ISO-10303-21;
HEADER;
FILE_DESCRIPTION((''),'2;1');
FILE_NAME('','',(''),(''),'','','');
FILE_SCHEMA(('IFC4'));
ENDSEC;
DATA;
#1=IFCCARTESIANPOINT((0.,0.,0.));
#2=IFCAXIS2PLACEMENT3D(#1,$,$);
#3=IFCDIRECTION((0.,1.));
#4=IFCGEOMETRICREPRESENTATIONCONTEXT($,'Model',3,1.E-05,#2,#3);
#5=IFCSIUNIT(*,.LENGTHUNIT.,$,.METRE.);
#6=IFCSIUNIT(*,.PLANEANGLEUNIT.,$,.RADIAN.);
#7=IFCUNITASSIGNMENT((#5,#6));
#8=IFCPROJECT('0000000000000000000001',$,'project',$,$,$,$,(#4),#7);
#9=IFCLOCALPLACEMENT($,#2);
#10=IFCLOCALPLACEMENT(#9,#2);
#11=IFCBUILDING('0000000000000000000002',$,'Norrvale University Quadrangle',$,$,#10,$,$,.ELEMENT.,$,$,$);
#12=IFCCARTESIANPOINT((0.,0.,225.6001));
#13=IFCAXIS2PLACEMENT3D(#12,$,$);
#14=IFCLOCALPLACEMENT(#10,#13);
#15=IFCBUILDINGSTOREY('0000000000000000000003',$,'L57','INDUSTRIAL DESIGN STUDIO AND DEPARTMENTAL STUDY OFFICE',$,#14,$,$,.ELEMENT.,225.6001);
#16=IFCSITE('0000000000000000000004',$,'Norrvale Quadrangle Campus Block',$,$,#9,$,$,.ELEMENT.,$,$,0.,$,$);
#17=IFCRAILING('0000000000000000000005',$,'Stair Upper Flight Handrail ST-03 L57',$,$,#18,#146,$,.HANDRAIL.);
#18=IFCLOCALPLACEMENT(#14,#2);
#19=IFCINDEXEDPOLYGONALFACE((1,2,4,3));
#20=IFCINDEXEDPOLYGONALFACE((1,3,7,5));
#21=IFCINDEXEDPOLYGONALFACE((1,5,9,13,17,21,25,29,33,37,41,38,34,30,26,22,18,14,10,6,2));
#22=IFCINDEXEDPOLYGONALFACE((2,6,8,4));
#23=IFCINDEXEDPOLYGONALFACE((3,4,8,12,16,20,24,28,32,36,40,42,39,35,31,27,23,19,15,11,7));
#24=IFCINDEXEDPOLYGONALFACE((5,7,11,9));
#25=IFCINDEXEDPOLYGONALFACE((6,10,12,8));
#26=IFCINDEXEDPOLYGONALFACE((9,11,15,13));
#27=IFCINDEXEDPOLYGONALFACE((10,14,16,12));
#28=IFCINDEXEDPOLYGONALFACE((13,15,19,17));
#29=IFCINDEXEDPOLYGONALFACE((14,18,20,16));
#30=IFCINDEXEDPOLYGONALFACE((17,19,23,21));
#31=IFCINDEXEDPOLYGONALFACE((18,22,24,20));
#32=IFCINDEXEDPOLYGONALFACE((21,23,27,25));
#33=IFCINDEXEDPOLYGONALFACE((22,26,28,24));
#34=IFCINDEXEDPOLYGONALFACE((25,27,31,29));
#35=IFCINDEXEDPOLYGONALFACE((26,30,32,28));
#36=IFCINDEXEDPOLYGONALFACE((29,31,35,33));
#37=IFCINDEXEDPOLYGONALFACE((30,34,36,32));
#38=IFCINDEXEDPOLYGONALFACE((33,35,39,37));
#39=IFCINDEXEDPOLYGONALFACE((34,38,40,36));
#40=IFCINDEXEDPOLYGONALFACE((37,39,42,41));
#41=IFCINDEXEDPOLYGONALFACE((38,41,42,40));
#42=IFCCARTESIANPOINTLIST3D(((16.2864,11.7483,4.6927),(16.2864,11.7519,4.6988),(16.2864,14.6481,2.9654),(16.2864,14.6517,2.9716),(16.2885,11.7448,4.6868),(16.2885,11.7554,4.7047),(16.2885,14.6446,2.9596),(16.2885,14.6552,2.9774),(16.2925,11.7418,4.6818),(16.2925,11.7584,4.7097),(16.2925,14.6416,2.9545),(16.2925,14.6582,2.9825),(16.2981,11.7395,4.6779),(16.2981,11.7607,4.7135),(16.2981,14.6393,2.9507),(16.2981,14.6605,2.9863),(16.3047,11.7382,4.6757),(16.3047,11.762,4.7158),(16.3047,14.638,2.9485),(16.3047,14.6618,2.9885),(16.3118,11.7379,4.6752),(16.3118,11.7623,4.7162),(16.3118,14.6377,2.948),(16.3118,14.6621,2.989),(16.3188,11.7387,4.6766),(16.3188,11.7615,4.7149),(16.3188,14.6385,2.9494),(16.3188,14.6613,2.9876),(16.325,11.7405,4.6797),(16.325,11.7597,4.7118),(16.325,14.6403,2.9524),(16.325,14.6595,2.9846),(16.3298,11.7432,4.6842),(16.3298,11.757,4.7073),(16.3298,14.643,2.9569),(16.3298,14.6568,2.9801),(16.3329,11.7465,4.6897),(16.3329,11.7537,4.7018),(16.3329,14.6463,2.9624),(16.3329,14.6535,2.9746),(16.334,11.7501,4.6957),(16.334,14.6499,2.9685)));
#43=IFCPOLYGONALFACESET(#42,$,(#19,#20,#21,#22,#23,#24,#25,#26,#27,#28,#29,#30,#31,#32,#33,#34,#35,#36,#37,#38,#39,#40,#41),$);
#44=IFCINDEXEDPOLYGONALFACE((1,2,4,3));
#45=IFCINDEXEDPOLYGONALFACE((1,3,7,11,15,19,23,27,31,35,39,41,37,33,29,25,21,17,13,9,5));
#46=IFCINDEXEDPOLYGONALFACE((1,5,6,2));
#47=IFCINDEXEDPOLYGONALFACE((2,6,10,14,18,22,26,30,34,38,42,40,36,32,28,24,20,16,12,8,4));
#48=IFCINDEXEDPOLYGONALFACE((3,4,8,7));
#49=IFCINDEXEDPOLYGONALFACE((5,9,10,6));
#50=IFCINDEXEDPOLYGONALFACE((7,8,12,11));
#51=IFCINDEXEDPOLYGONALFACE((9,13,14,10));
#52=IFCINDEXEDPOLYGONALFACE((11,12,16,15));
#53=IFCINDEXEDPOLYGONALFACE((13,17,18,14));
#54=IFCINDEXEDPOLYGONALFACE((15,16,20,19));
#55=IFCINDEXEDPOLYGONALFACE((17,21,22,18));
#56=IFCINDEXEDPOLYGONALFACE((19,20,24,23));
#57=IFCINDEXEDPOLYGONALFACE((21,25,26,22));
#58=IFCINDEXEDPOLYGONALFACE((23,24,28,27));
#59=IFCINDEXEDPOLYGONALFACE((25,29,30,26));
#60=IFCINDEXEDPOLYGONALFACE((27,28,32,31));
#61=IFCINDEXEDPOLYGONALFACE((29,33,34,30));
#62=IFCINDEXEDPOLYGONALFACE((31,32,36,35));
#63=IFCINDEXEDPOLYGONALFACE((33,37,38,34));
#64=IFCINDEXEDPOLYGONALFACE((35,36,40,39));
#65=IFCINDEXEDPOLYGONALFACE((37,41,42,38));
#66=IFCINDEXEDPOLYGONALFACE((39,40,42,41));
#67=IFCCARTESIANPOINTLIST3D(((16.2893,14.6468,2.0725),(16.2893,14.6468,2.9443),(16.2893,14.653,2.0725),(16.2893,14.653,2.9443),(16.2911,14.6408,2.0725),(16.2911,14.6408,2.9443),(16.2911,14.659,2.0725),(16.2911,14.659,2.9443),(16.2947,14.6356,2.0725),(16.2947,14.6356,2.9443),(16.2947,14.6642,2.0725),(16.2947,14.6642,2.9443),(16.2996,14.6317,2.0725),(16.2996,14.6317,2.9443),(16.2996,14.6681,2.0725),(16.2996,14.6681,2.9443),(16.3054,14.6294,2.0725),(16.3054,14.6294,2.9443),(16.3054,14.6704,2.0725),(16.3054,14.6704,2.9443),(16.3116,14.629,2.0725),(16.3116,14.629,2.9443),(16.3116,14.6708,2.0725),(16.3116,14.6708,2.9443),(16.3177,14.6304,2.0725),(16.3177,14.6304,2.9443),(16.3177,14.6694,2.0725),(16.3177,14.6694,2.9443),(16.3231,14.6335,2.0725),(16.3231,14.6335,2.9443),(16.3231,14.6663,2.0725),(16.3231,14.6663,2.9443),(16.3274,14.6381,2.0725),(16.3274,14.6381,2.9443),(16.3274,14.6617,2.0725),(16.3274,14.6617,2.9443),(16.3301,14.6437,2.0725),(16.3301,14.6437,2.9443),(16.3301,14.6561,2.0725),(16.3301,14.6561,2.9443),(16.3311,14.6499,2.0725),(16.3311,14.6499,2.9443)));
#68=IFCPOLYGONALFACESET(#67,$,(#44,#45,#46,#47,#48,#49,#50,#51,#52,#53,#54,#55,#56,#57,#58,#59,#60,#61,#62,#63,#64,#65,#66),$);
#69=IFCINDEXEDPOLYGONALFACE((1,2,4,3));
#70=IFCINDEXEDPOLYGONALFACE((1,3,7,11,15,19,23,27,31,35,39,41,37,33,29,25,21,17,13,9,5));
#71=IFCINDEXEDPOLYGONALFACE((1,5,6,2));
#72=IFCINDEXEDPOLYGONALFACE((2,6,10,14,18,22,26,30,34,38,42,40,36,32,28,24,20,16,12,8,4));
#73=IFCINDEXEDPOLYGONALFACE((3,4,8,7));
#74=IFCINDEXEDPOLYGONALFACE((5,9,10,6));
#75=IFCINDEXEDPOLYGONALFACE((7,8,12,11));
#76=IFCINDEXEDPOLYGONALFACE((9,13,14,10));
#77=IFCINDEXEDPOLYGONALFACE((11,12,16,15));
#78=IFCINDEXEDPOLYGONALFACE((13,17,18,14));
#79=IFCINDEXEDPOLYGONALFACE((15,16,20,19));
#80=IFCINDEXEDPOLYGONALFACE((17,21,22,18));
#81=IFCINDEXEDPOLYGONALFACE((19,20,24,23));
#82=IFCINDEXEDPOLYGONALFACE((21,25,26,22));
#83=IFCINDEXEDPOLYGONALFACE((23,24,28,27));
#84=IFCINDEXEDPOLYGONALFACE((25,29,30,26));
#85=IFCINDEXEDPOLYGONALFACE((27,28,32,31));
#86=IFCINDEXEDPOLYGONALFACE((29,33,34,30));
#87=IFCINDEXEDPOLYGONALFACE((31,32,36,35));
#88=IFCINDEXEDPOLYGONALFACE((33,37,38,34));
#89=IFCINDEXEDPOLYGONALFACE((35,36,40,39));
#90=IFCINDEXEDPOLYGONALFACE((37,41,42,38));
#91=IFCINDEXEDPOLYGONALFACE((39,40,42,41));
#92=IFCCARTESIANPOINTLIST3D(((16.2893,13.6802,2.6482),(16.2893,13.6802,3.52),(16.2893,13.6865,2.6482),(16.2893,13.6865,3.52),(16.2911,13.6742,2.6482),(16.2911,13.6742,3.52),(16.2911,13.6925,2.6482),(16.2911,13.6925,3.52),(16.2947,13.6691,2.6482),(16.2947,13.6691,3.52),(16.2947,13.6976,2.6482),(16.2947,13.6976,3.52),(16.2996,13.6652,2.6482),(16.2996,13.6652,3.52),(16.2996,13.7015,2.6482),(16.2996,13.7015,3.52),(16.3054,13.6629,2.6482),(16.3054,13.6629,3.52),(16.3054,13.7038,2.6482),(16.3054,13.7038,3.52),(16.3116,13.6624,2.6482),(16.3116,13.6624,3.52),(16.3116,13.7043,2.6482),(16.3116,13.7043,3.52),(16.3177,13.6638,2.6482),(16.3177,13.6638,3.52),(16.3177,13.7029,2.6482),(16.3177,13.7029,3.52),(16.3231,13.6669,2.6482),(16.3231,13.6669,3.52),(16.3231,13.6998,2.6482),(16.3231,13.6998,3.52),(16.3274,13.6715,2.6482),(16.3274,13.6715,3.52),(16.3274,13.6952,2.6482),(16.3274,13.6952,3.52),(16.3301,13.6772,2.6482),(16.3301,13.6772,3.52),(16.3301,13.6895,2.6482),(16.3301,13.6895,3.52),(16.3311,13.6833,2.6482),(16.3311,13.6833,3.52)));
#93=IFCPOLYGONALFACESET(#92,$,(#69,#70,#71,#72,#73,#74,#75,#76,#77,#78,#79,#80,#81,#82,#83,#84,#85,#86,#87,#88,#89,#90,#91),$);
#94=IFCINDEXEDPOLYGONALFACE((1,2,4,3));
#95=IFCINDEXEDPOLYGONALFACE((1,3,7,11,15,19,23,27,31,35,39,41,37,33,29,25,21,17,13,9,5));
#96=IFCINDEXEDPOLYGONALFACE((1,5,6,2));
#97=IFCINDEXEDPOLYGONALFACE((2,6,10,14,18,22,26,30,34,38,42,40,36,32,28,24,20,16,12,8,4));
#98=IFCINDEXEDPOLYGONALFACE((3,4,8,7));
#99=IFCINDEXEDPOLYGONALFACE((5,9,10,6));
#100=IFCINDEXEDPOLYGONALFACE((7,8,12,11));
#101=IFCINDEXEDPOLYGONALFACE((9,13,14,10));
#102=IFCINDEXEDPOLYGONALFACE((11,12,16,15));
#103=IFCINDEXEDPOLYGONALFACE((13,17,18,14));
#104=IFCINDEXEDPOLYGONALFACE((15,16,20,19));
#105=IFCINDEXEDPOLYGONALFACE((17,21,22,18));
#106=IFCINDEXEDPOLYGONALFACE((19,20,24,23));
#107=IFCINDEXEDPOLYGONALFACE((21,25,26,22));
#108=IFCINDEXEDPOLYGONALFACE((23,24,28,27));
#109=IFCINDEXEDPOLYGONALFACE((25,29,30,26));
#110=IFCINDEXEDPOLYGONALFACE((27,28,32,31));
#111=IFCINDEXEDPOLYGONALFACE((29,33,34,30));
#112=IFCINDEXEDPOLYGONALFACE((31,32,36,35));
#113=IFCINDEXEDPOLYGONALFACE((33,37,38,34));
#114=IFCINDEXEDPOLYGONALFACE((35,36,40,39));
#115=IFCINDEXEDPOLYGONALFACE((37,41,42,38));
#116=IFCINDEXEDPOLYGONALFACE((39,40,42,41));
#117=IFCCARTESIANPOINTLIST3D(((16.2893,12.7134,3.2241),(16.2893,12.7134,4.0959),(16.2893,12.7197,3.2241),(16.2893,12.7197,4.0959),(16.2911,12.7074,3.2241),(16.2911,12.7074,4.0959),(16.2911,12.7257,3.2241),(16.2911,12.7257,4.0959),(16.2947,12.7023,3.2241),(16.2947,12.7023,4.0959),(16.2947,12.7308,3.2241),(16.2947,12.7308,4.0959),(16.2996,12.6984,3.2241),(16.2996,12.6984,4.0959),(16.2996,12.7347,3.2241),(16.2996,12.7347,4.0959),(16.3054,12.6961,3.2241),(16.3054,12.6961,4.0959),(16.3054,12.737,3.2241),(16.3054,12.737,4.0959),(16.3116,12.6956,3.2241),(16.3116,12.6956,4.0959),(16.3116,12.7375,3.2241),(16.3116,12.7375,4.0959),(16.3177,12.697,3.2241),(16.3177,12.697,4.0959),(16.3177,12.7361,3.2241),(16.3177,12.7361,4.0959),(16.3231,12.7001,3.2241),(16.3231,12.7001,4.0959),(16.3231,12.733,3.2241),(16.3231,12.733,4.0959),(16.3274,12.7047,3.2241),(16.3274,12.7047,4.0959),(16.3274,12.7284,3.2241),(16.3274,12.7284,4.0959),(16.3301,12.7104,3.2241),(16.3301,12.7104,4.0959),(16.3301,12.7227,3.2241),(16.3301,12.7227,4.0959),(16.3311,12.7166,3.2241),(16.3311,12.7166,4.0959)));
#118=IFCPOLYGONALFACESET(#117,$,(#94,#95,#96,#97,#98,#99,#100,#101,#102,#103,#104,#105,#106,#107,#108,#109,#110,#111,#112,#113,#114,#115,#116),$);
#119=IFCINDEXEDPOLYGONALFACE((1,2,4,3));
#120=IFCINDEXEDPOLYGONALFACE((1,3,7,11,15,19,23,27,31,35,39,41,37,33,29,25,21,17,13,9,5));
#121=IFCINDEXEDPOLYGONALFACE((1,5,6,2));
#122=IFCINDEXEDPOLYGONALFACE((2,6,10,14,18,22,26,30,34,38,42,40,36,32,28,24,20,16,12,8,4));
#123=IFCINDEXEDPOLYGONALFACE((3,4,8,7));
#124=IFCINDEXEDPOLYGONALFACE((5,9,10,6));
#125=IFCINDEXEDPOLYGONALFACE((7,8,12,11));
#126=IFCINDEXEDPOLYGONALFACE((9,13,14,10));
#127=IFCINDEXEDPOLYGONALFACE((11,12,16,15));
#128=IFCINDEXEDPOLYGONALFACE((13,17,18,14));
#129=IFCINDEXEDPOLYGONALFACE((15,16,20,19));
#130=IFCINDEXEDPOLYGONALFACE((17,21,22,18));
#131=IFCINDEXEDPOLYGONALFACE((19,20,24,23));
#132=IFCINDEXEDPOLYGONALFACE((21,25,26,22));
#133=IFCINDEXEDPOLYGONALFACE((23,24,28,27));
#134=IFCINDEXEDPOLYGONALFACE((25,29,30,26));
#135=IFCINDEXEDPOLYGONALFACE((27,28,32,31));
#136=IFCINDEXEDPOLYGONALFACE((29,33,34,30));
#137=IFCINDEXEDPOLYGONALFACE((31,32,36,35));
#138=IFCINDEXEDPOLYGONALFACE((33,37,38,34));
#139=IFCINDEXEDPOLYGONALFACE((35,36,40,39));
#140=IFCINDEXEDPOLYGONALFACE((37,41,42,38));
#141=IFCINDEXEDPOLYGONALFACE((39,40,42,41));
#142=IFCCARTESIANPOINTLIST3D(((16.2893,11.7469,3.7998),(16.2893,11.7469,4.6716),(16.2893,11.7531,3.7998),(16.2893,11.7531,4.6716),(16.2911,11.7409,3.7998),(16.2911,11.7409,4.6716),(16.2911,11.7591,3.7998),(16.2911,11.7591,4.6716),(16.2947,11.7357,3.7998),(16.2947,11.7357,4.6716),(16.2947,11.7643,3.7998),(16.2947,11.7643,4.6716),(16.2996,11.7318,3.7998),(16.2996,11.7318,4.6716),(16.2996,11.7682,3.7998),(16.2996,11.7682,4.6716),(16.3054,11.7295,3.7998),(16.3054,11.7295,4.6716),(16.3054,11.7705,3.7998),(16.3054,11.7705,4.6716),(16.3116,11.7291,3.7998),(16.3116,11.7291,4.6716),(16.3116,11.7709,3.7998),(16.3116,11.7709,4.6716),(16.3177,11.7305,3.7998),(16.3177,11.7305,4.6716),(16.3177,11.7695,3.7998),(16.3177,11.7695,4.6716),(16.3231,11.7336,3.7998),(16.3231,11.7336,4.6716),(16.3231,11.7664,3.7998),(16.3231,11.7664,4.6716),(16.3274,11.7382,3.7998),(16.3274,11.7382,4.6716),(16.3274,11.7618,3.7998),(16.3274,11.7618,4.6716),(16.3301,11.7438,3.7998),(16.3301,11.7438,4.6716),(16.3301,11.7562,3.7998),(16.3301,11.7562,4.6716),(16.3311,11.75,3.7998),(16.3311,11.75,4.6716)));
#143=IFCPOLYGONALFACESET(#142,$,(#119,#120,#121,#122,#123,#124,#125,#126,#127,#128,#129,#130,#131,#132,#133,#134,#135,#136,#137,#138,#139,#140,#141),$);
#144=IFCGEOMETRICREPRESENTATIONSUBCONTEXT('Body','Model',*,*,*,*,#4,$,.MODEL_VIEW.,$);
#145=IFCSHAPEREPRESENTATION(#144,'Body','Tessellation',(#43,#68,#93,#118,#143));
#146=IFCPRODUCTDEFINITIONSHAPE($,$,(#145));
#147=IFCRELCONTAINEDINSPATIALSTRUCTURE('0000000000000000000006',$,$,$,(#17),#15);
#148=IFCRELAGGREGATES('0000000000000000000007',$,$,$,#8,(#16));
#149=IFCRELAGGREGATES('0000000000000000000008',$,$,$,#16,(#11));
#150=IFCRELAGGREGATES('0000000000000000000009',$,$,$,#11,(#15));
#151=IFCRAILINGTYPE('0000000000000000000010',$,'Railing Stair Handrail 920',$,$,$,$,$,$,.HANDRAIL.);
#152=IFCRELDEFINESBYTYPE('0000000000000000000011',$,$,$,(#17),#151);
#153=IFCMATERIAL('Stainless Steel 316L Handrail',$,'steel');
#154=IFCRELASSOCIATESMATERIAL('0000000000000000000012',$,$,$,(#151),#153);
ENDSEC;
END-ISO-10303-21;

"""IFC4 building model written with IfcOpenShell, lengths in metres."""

from ifc_helpers import new_model, si_unit, direction, frame, origin, origin_2d, place, context, subcontext, project, spatial, circle, extrude, material, type_object, element, save


model = new_model("IFC4")

# Units and contexts
model_context = context("Model", 3, precision=1e-05, world=origin(), true_north=direction((0.0, 1.0)))
body_context = subcontext(model_context, "Body", "Model", "MODEL_VIEW")
ifc_project = project(units=[si_unit("LENGTHUNIT", "METRE"), si_unit("PLANEANGLEUNIT", "RADIAN")], contexts=[model_context])

# Site, building, storey
site_placement = place(None, origin())
site = spatial("IfcSite", under=ifc_project, at=site_placement, Name="Norrvale Quadrangle Campus Block", CompositionType="ELEMENT", RefElevation=0.0)
building_placement = place(site_placement, origin())
building = spatial("IfcBuilding", under=site, at=building_placement, Name="Norrvale University Quadrangle", CompositionType="ELEMENT")
storey_placement = place(building_placement, frame((0.0, 0.0, 225.6001)))
storey = spatial("IfcBuildingStorey", under=building, at=storey_placement, Name="L57", Description="INDUSTRIAL DESIGN STUDIO AND DEPARTMENTAL STUDY OFFICE", CompositionType="ELEMENT", Elevation=225.6001)

# Railing
ifc_material_1 = material(Name="Stainless Steel 316L Handrail", Category="steel")
railing_type_1 = type_object("IfcRailingType", Name="Railing Stair Handrail 920", PredefinedType="HANDRAIL", material=ifc_material_1)
railing_1_placement = place(storey_placement, frame((16.3101, 14.6499, 2.0725)))
element("IfcRailing", 1, at=railing_1_placement, inside=storey, type_object=railing_type_1, Name="Stair Upper Flight Handrail ST-03 L57", PredefinedType="HANDRAIL", context=body_context, shape_type="SweptSolid", body=[
    extrude(circle(Radius=0.0239, at=origin_2d()), frame((0.0, 0.0, 0.896), z_axis=(0.0, -0.859141, 0.511738), x_axis=(1.0, 0.0, 0.0)), (0.0, 0.0, 1.0), 3.3752),
    extrude(circle(Radius=0.021, at=origin_2d()), origin(), (0.0, 0.0, 1.0), 0.8718),
    extrude(circle(Radius=0.021, at=origin_2d()), frame((0.0, -0.9666, 0.5757)), (0.0, 0.0, 1.0), 0.8718),
    extrude(circle(Radius=0.021, at=origin_2d()), frame((0.0, -1.9333, 1.1516)), (0.0, 0.0, 1.0), 0.8718),
    extrude(circle(Radius=0.021, at=origin_2d()), frame((0.0, -2.8999, 1.7273)), (0.0, 0.0, 1.0), 0.8718),
])

save(model, "model.ifc")
